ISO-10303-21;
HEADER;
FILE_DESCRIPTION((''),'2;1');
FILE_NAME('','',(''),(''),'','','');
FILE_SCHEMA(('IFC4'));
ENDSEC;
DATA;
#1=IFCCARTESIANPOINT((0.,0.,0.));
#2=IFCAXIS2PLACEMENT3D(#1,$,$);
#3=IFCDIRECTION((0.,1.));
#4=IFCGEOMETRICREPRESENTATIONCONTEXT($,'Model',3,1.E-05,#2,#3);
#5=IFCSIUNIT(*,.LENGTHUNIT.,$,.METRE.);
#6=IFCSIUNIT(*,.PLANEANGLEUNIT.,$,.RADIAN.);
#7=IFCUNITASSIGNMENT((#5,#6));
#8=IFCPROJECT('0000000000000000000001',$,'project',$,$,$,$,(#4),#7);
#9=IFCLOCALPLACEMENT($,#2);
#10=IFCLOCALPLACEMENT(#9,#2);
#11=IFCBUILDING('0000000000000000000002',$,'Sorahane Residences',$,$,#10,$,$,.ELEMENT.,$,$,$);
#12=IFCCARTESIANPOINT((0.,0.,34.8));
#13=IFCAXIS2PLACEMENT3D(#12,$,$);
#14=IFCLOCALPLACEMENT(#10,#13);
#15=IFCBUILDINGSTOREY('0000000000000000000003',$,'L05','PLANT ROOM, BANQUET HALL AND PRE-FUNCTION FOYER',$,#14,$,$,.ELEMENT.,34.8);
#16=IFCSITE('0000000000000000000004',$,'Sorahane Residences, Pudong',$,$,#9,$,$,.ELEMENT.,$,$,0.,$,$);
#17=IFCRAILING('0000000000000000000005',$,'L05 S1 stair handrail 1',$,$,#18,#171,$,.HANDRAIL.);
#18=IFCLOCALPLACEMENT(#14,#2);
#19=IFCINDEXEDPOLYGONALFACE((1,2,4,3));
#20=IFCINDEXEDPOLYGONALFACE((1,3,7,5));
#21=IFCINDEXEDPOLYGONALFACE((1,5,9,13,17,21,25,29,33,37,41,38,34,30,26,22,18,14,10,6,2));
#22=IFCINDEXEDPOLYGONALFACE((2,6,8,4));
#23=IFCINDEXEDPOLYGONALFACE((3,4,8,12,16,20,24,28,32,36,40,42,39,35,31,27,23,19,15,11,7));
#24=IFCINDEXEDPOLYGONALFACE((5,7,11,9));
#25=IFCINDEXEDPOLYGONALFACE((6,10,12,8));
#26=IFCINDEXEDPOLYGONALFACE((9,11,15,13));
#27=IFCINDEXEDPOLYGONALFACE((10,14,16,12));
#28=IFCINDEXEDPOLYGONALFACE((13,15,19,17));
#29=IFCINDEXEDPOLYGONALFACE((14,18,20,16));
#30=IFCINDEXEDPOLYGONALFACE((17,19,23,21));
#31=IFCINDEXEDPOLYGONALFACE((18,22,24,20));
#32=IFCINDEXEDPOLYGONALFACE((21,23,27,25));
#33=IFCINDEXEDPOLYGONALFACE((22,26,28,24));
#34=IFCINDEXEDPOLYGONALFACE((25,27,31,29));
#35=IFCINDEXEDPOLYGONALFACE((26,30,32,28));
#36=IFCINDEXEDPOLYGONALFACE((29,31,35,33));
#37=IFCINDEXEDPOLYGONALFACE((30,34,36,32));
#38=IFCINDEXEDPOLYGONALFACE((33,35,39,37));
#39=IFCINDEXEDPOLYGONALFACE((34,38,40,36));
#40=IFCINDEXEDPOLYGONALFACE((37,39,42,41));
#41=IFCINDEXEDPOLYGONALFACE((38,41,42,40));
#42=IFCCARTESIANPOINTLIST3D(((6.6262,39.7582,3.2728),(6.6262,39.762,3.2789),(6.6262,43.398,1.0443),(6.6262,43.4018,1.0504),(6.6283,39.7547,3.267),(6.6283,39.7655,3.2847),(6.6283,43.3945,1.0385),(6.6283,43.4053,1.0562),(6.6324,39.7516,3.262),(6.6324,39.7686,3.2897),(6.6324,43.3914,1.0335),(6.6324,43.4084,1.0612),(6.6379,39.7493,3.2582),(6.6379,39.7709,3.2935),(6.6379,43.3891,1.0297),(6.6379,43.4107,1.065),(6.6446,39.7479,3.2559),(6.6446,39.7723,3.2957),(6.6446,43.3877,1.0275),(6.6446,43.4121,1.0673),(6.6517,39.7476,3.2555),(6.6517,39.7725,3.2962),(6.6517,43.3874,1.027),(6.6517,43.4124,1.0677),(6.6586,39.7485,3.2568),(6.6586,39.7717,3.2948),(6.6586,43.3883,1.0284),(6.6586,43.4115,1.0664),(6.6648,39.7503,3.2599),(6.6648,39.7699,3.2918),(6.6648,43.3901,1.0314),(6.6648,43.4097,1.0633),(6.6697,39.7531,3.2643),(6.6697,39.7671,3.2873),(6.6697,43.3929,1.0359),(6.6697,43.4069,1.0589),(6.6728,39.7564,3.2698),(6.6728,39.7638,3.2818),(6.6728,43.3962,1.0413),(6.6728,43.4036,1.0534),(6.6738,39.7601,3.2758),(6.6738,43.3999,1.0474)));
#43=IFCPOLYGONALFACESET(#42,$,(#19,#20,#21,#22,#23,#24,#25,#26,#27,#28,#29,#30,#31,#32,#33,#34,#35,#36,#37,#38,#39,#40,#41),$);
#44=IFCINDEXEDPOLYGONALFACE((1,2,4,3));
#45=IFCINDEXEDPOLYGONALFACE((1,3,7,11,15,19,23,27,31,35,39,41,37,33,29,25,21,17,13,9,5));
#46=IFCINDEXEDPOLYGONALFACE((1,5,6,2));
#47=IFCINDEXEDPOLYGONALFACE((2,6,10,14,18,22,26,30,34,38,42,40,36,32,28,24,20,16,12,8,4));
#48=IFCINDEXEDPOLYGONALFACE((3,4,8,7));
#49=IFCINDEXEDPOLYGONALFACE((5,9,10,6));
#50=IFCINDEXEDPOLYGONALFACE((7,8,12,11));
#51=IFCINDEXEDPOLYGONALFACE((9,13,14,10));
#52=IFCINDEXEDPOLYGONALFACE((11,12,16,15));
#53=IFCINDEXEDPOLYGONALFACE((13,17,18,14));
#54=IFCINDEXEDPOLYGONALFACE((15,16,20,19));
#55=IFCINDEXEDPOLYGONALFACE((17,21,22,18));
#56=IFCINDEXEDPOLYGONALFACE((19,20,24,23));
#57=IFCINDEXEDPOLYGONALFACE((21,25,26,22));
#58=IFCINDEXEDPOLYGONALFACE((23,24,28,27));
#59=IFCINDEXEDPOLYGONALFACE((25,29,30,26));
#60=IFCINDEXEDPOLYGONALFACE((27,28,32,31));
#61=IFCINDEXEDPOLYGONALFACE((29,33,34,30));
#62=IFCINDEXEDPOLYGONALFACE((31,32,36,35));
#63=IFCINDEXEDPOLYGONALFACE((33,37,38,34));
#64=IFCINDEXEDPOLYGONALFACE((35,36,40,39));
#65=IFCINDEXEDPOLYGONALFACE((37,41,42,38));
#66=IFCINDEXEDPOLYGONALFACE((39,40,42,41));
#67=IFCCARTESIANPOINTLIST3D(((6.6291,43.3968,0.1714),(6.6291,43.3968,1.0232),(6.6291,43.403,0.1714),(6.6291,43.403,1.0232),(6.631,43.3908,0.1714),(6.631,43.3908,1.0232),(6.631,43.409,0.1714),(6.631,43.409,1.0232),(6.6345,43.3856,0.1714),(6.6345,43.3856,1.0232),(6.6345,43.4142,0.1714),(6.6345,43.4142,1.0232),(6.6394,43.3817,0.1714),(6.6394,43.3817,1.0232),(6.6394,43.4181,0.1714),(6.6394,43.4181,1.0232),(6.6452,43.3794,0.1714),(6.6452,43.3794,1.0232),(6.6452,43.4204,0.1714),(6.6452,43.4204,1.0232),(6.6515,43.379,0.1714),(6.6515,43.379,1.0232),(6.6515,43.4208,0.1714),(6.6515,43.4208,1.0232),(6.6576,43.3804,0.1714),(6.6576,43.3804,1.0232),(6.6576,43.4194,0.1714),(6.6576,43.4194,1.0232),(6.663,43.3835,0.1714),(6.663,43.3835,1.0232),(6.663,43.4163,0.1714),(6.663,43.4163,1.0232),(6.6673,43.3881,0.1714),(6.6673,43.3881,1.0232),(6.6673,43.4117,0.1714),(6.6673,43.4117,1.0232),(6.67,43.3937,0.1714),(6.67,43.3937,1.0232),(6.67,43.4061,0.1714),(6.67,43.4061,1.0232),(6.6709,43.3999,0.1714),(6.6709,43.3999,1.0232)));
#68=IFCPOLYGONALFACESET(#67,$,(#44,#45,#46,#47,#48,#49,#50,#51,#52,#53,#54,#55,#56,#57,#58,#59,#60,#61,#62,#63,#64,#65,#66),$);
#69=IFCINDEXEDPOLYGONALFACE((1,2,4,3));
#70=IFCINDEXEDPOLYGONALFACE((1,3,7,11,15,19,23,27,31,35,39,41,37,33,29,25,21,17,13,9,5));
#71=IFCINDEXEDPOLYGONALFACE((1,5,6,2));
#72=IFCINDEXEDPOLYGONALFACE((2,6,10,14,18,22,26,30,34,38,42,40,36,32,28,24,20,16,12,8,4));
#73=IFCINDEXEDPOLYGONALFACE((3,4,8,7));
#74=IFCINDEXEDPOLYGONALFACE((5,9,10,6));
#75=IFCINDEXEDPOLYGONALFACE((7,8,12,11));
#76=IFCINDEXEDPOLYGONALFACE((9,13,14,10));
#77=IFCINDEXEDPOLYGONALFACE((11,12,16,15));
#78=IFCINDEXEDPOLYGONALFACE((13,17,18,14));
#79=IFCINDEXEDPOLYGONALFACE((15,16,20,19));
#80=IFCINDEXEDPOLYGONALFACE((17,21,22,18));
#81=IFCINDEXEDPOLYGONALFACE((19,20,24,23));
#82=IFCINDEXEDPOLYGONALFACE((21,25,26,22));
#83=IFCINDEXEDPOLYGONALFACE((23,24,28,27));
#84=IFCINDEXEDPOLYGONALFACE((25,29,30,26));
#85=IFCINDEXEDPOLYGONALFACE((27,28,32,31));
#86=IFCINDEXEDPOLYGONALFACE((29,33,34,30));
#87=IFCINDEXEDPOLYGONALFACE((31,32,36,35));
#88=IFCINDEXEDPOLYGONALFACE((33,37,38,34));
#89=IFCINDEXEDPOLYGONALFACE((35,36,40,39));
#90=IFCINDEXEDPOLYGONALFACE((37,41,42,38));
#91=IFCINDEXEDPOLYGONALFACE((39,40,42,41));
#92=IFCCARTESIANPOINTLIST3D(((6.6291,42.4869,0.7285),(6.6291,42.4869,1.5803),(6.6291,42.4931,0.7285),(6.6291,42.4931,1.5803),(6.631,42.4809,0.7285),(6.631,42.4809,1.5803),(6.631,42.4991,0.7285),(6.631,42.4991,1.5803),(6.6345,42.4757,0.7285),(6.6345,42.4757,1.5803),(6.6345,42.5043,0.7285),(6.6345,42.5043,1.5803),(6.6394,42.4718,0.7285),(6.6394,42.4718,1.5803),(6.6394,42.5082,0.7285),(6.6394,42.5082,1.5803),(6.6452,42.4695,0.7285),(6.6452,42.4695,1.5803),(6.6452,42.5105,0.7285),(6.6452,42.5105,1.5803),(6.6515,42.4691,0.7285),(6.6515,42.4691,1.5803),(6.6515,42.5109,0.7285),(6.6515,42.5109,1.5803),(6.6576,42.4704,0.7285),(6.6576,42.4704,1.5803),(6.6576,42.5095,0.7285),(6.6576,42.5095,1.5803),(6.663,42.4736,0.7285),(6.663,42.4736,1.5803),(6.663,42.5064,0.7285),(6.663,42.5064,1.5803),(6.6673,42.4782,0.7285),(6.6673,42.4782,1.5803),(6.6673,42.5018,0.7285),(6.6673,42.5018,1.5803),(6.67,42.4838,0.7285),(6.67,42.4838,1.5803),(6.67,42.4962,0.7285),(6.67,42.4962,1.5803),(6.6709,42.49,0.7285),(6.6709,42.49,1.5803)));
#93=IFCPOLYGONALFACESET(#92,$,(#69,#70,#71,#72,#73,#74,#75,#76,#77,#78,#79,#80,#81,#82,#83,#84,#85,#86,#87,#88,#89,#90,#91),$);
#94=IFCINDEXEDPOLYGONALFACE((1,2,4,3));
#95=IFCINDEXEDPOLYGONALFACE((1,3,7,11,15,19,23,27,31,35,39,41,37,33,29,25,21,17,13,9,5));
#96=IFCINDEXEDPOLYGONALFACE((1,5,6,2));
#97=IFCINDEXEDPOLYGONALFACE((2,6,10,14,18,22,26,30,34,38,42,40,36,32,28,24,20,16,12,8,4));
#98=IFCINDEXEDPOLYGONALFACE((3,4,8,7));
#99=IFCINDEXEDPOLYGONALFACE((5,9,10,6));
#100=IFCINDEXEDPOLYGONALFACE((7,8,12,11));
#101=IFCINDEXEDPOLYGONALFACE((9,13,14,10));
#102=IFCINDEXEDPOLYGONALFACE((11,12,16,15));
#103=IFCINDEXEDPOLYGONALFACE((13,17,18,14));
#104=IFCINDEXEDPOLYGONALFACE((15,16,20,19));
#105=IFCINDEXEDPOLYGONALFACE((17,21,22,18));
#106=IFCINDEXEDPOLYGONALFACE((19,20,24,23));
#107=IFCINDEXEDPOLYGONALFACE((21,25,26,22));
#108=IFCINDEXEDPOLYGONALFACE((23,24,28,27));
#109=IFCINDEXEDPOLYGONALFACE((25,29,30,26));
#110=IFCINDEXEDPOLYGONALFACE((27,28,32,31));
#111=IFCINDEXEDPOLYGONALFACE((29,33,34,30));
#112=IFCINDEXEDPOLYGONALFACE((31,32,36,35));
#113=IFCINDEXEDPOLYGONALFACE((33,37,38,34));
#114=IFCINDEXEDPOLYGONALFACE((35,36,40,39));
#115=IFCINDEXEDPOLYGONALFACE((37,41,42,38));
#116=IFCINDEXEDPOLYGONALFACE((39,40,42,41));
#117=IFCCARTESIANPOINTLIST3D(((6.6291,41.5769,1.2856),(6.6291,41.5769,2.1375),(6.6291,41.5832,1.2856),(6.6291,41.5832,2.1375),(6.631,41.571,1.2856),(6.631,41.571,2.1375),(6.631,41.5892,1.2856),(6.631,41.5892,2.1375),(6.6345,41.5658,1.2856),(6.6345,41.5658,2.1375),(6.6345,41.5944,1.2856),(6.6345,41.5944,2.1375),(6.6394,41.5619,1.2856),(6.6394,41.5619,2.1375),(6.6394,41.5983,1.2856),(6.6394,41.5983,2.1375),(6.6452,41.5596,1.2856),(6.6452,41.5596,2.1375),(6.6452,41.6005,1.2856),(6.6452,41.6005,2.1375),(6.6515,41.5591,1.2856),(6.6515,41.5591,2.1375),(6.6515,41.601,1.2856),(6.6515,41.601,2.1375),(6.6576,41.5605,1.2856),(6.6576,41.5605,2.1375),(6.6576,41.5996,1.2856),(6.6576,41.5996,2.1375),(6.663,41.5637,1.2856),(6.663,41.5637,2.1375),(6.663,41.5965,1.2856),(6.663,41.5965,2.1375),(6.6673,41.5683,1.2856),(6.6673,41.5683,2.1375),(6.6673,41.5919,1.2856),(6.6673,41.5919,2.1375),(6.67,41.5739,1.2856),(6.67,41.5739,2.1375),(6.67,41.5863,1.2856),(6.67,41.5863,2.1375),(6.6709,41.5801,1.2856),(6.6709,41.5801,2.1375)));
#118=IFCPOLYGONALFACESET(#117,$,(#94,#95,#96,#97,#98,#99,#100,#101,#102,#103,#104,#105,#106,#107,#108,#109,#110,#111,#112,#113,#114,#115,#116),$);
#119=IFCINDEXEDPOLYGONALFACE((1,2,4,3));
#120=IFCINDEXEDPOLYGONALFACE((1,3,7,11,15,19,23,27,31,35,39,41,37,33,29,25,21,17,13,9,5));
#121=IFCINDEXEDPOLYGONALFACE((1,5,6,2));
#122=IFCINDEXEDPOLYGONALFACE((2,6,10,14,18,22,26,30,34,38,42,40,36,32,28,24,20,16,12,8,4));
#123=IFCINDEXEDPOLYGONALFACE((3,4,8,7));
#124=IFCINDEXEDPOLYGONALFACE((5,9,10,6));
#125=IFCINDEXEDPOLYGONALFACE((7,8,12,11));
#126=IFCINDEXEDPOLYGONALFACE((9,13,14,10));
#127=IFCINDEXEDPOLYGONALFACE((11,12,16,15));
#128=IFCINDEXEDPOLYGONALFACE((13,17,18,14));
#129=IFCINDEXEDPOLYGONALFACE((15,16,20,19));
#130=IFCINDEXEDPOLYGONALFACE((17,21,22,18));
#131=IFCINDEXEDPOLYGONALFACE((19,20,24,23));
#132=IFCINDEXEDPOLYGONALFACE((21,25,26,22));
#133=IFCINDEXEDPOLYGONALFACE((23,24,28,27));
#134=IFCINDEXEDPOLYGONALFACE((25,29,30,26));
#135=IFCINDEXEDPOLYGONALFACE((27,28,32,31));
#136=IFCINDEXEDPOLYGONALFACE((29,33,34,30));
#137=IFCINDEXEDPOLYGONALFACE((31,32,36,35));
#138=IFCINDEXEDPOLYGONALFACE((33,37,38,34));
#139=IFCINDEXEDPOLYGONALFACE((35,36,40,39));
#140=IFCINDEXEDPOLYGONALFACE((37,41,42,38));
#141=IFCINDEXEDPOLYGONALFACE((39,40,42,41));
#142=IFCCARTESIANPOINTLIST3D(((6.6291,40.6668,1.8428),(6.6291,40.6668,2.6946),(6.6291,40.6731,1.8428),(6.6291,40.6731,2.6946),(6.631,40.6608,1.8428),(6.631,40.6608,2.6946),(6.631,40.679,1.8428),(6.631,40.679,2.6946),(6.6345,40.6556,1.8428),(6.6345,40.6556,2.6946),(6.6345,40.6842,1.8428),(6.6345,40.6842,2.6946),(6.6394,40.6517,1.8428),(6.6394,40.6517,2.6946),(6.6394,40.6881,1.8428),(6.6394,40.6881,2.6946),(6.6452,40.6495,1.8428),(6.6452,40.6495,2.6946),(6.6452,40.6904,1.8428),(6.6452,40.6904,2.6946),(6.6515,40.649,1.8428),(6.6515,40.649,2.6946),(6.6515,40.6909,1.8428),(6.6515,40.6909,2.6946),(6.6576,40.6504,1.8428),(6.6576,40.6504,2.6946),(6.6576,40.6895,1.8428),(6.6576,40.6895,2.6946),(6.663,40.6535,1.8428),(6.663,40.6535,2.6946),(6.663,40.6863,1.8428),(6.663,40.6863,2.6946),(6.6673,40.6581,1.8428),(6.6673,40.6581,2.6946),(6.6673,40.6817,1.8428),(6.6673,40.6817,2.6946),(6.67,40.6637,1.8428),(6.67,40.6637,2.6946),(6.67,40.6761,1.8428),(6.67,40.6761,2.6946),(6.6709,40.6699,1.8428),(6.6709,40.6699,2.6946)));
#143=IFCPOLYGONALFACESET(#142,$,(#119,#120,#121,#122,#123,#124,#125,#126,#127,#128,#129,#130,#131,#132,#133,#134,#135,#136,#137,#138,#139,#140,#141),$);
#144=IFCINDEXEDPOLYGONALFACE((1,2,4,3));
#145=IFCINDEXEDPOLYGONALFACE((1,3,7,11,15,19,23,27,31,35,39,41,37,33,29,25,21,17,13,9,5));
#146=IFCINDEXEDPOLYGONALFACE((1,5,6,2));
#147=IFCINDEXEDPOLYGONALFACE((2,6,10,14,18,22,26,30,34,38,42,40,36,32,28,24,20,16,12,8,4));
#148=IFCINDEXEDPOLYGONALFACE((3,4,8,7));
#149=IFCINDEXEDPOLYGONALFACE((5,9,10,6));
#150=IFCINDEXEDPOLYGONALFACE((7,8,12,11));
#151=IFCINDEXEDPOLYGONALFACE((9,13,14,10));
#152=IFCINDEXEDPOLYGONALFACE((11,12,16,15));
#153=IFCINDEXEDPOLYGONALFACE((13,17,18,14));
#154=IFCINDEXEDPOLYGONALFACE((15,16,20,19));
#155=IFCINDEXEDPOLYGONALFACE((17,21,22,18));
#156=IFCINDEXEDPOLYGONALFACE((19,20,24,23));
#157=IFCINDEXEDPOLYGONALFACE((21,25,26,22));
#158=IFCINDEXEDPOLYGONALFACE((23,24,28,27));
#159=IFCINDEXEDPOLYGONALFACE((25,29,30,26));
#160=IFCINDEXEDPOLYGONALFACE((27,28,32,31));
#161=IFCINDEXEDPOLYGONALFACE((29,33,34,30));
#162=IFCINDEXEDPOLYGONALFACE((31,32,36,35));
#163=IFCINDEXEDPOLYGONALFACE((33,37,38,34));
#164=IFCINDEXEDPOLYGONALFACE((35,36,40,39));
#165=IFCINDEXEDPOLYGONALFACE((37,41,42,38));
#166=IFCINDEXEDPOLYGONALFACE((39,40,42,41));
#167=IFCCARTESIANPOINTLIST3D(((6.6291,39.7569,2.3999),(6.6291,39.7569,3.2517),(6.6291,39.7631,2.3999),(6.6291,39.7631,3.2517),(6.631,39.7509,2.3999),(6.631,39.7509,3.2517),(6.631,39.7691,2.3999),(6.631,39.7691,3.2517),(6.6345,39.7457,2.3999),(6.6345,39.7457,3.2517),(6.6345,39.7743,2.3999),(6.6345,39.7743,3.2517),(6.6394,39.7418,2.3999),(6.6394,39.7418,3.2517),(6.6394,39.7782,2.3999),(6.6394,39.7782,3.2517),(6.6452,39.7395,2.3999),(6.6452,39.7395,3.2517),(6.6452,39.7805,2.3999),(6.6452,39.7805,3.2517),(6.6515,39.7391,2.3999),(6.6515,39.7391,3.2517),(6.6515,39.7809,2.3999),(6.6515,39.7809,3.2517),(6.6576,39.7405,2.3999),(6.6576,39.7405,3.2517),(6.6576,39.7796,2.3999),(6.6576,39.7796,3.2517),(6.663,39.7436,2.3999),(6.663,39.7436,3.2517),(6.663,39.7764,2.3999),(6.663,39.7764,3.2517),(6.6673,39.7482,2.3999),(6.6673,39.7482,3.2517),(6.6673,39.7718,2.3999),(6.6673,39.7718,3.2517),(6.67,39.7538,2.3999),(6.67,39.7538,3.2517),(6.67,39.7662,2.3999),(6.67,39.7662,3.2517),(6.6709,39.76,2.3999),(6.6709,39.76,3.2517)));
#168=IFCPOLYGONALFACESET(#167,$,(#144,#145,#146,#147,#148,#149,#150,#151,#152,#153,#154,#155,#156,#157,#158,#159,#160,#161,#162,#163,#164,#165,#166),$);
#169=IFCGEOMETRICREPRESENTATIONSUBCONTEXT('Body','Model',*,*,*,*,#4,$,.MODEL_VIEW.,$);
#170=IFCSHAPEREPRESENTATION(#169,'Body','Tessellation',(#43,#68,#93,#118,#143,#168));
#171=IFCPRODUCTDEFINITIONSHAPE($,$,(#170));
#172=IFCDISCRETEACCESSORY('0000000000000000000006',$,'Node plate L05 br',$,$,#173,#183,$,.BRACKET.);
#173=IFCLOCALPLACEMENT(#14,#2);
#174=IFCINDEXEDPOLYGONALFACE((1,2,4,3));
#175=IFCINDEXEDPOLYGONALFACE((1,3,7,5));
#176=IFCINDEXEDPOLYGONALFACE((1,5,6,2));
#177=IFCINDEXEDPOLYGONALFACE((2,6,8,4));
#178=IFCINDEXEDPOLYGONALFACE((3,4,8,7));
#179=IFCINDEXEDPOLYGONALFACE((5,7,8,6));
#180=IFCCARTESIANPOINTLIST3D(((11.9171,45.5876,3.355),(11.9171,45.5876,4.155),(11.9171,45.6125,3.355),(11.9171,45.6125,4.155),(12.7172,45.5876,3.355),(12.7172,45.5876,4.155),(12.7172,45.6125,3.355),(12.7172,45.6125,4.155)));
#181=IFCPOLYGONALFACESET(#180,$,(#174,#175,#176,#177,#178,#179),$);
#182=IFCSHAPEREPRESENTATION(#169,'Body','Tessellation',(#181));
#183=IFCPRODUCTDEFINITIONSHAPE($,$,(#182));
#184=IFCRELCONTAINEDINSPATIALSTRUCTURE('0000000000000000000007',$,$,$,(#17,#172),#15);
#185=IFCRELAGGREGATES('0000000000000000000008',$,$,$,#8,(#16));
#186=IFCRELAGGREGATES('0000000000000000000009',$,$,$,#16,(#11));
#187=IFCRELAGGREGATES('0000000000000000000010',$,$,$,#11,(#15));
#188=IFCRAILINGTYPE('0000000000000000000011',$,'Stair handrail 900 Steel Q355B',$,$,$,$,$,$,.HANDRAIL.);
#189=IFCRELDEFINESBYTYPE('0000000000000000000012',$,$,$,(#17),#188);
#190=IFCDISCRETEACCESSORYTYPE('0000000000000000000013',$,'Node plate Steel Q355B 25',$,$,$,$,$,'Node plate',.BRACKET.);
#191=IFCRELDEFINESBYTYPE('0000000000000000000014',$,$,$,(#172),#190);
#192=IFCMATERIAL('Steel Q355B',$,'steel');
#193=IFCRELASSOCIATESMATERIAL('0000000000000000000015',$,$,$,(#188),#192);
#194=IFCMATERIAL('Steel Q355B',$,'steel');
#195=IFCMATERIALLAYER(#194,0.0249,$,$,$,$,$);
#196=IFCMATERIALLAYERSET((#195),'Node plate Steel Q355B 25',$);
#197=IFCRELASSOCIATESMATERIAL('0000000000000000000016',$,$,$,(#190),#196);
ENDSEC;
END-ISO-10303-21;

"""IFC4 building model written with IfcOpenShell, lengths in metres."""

from ifc_helpers import new_model, si_unit, direction, frame, origin, origin_2d, place, context, subcontext, project, spatial, rectangle, circle, extrude, material, layer, layer_set, type_object, element, save


model = new_model("IFC4")

# Units and contexts
model_context = context("Model", 3, precision=1e-05, world=origin(), true_north=direction((0.0, 1.0)))
body_context = subcontext(model_context, "Body", "Model", "MODEL_VIEW")
ifc_project = project(units=[si_unit("LENGTHUNIT", "METRE"), si_unit("PLANEANGLEUNIT", "RADIAN")], contexts=[model_context])

# Site, building, storey
site_placement = place(None, origin())
site = spatial("IfcSite", under=ifc_project, at=site_placement, Name="Sorahane Residences, Pudong", CompositionType="ELEMENT", RefElevation=0.0)
building_placement = place(site_placement, origin())
building = spatial("IfcBuilding", under=site, at=building_placement, Name="Sorahane Residences", CompositionType="ELEMENT")
storey_placement = place(building_placement, frame((0.0, 0.0, 34.8)))
storey = spatial("IfcBuildingStorey", under=building, at=storey_placement, Name="L05", Description="PLANT ROOM, BANQUET HALL AND PRE-FUNCTION FOYER", CompositionType="ELEMENT", Elevation=34.8)

# Railing
ifc_material_1 = material(Name="Steel Q355B", Category="steel")
railing_type_1 = type_object("IfcRailingType", Name="Stair handrail 900 Steel Q355B", PredefinedType="HANDRAIL", material=ifc_material_1)
railing_1_placement = place(storey_placement, frame((6.6499, 43.3999, 0.1714)))
element("IfcRailing", 1, at=railing_1_placement, inside=storey, type_object=railing_type_1, Name="L05 S1 stair handrail 1", PredefinedType="HANDRAIL", context=body_context, shape_type="SweptSolid", body=[
    extrude(circle(Radius=0.0239, at=origin_2d()), frame((0.0, 0.0, 0.876), z_axis=(0.0, -0.85285, 0.522156), x_axis=(1.0, 0.0, 0.0)), (0.0, 0.0, 1.0), 4.2678),
    extrude(circle(Radius=0.021, at=origin_2d()), origin(), (0.0, 0.0, 1.0), 0.8518),
    extrude(circle(Radius=0.021, at=origin_2d()), frame((0.0, -0.9099, 0.5571)), (0.0, 0.0, 1.0), 0.8518),
    extrude(circle(Radius=0.021, at=origin_2d()), frame((0.0, -1.8198, 1.1143)), (0.0, 0.0, 1.0), 0.8518),
    extrude(circle(Radius=0.021, at=origin_2d()), frame((0.0, -2.73, 1.6714)), (0.0, 0.0, 1.0), 0.8518),
    extrude(circle(Radius=0.021, at=origin_2d()), frame((0.0, -3.6399, 2.2285)), (0.0, 0.0, 1.0), 0.8518),
])

# Discrete accessory
ifc_material_2 = material(Name="Steel Q355B", Category="steel")
ifc_layer_1 = layer(ifc_material_2, 0.0249)
ifc_layer_set_1 = layer_set([ifc_layer_1], Name="Node plate Steel Q355B 25")
discrete_accessory_type = type_object("IfcDiscreteAccessoryType", Name="Node plate Steel Q355B 25", ElementType="Node plate", PredefinedType="BRACKET", material=ifc_layer_set_1)
discrete_accessory_placement = place(storey_placement, frame((12.3171, 45.6001, 3.355), z_axis=(0.0, 0.0, 1.0), x_axis=(1.0, 0.0, 0.0)))
element("IfcDiscreteAccessory", 2, at=discrete_accessory_placement, inside=storey, type_object=discrete_accessory_type, Name="Node plate L05 br", PredefinedType="BRACKET", context=body_context, shape_type="SweptSolid", body=[
    extrude(rectangle(XDim=0.8, YDim=0.0249, at=origin_2d()), origin(), (0.0, 0.0, 1.0), 0.8),
])

save(model, "model.ifc")
